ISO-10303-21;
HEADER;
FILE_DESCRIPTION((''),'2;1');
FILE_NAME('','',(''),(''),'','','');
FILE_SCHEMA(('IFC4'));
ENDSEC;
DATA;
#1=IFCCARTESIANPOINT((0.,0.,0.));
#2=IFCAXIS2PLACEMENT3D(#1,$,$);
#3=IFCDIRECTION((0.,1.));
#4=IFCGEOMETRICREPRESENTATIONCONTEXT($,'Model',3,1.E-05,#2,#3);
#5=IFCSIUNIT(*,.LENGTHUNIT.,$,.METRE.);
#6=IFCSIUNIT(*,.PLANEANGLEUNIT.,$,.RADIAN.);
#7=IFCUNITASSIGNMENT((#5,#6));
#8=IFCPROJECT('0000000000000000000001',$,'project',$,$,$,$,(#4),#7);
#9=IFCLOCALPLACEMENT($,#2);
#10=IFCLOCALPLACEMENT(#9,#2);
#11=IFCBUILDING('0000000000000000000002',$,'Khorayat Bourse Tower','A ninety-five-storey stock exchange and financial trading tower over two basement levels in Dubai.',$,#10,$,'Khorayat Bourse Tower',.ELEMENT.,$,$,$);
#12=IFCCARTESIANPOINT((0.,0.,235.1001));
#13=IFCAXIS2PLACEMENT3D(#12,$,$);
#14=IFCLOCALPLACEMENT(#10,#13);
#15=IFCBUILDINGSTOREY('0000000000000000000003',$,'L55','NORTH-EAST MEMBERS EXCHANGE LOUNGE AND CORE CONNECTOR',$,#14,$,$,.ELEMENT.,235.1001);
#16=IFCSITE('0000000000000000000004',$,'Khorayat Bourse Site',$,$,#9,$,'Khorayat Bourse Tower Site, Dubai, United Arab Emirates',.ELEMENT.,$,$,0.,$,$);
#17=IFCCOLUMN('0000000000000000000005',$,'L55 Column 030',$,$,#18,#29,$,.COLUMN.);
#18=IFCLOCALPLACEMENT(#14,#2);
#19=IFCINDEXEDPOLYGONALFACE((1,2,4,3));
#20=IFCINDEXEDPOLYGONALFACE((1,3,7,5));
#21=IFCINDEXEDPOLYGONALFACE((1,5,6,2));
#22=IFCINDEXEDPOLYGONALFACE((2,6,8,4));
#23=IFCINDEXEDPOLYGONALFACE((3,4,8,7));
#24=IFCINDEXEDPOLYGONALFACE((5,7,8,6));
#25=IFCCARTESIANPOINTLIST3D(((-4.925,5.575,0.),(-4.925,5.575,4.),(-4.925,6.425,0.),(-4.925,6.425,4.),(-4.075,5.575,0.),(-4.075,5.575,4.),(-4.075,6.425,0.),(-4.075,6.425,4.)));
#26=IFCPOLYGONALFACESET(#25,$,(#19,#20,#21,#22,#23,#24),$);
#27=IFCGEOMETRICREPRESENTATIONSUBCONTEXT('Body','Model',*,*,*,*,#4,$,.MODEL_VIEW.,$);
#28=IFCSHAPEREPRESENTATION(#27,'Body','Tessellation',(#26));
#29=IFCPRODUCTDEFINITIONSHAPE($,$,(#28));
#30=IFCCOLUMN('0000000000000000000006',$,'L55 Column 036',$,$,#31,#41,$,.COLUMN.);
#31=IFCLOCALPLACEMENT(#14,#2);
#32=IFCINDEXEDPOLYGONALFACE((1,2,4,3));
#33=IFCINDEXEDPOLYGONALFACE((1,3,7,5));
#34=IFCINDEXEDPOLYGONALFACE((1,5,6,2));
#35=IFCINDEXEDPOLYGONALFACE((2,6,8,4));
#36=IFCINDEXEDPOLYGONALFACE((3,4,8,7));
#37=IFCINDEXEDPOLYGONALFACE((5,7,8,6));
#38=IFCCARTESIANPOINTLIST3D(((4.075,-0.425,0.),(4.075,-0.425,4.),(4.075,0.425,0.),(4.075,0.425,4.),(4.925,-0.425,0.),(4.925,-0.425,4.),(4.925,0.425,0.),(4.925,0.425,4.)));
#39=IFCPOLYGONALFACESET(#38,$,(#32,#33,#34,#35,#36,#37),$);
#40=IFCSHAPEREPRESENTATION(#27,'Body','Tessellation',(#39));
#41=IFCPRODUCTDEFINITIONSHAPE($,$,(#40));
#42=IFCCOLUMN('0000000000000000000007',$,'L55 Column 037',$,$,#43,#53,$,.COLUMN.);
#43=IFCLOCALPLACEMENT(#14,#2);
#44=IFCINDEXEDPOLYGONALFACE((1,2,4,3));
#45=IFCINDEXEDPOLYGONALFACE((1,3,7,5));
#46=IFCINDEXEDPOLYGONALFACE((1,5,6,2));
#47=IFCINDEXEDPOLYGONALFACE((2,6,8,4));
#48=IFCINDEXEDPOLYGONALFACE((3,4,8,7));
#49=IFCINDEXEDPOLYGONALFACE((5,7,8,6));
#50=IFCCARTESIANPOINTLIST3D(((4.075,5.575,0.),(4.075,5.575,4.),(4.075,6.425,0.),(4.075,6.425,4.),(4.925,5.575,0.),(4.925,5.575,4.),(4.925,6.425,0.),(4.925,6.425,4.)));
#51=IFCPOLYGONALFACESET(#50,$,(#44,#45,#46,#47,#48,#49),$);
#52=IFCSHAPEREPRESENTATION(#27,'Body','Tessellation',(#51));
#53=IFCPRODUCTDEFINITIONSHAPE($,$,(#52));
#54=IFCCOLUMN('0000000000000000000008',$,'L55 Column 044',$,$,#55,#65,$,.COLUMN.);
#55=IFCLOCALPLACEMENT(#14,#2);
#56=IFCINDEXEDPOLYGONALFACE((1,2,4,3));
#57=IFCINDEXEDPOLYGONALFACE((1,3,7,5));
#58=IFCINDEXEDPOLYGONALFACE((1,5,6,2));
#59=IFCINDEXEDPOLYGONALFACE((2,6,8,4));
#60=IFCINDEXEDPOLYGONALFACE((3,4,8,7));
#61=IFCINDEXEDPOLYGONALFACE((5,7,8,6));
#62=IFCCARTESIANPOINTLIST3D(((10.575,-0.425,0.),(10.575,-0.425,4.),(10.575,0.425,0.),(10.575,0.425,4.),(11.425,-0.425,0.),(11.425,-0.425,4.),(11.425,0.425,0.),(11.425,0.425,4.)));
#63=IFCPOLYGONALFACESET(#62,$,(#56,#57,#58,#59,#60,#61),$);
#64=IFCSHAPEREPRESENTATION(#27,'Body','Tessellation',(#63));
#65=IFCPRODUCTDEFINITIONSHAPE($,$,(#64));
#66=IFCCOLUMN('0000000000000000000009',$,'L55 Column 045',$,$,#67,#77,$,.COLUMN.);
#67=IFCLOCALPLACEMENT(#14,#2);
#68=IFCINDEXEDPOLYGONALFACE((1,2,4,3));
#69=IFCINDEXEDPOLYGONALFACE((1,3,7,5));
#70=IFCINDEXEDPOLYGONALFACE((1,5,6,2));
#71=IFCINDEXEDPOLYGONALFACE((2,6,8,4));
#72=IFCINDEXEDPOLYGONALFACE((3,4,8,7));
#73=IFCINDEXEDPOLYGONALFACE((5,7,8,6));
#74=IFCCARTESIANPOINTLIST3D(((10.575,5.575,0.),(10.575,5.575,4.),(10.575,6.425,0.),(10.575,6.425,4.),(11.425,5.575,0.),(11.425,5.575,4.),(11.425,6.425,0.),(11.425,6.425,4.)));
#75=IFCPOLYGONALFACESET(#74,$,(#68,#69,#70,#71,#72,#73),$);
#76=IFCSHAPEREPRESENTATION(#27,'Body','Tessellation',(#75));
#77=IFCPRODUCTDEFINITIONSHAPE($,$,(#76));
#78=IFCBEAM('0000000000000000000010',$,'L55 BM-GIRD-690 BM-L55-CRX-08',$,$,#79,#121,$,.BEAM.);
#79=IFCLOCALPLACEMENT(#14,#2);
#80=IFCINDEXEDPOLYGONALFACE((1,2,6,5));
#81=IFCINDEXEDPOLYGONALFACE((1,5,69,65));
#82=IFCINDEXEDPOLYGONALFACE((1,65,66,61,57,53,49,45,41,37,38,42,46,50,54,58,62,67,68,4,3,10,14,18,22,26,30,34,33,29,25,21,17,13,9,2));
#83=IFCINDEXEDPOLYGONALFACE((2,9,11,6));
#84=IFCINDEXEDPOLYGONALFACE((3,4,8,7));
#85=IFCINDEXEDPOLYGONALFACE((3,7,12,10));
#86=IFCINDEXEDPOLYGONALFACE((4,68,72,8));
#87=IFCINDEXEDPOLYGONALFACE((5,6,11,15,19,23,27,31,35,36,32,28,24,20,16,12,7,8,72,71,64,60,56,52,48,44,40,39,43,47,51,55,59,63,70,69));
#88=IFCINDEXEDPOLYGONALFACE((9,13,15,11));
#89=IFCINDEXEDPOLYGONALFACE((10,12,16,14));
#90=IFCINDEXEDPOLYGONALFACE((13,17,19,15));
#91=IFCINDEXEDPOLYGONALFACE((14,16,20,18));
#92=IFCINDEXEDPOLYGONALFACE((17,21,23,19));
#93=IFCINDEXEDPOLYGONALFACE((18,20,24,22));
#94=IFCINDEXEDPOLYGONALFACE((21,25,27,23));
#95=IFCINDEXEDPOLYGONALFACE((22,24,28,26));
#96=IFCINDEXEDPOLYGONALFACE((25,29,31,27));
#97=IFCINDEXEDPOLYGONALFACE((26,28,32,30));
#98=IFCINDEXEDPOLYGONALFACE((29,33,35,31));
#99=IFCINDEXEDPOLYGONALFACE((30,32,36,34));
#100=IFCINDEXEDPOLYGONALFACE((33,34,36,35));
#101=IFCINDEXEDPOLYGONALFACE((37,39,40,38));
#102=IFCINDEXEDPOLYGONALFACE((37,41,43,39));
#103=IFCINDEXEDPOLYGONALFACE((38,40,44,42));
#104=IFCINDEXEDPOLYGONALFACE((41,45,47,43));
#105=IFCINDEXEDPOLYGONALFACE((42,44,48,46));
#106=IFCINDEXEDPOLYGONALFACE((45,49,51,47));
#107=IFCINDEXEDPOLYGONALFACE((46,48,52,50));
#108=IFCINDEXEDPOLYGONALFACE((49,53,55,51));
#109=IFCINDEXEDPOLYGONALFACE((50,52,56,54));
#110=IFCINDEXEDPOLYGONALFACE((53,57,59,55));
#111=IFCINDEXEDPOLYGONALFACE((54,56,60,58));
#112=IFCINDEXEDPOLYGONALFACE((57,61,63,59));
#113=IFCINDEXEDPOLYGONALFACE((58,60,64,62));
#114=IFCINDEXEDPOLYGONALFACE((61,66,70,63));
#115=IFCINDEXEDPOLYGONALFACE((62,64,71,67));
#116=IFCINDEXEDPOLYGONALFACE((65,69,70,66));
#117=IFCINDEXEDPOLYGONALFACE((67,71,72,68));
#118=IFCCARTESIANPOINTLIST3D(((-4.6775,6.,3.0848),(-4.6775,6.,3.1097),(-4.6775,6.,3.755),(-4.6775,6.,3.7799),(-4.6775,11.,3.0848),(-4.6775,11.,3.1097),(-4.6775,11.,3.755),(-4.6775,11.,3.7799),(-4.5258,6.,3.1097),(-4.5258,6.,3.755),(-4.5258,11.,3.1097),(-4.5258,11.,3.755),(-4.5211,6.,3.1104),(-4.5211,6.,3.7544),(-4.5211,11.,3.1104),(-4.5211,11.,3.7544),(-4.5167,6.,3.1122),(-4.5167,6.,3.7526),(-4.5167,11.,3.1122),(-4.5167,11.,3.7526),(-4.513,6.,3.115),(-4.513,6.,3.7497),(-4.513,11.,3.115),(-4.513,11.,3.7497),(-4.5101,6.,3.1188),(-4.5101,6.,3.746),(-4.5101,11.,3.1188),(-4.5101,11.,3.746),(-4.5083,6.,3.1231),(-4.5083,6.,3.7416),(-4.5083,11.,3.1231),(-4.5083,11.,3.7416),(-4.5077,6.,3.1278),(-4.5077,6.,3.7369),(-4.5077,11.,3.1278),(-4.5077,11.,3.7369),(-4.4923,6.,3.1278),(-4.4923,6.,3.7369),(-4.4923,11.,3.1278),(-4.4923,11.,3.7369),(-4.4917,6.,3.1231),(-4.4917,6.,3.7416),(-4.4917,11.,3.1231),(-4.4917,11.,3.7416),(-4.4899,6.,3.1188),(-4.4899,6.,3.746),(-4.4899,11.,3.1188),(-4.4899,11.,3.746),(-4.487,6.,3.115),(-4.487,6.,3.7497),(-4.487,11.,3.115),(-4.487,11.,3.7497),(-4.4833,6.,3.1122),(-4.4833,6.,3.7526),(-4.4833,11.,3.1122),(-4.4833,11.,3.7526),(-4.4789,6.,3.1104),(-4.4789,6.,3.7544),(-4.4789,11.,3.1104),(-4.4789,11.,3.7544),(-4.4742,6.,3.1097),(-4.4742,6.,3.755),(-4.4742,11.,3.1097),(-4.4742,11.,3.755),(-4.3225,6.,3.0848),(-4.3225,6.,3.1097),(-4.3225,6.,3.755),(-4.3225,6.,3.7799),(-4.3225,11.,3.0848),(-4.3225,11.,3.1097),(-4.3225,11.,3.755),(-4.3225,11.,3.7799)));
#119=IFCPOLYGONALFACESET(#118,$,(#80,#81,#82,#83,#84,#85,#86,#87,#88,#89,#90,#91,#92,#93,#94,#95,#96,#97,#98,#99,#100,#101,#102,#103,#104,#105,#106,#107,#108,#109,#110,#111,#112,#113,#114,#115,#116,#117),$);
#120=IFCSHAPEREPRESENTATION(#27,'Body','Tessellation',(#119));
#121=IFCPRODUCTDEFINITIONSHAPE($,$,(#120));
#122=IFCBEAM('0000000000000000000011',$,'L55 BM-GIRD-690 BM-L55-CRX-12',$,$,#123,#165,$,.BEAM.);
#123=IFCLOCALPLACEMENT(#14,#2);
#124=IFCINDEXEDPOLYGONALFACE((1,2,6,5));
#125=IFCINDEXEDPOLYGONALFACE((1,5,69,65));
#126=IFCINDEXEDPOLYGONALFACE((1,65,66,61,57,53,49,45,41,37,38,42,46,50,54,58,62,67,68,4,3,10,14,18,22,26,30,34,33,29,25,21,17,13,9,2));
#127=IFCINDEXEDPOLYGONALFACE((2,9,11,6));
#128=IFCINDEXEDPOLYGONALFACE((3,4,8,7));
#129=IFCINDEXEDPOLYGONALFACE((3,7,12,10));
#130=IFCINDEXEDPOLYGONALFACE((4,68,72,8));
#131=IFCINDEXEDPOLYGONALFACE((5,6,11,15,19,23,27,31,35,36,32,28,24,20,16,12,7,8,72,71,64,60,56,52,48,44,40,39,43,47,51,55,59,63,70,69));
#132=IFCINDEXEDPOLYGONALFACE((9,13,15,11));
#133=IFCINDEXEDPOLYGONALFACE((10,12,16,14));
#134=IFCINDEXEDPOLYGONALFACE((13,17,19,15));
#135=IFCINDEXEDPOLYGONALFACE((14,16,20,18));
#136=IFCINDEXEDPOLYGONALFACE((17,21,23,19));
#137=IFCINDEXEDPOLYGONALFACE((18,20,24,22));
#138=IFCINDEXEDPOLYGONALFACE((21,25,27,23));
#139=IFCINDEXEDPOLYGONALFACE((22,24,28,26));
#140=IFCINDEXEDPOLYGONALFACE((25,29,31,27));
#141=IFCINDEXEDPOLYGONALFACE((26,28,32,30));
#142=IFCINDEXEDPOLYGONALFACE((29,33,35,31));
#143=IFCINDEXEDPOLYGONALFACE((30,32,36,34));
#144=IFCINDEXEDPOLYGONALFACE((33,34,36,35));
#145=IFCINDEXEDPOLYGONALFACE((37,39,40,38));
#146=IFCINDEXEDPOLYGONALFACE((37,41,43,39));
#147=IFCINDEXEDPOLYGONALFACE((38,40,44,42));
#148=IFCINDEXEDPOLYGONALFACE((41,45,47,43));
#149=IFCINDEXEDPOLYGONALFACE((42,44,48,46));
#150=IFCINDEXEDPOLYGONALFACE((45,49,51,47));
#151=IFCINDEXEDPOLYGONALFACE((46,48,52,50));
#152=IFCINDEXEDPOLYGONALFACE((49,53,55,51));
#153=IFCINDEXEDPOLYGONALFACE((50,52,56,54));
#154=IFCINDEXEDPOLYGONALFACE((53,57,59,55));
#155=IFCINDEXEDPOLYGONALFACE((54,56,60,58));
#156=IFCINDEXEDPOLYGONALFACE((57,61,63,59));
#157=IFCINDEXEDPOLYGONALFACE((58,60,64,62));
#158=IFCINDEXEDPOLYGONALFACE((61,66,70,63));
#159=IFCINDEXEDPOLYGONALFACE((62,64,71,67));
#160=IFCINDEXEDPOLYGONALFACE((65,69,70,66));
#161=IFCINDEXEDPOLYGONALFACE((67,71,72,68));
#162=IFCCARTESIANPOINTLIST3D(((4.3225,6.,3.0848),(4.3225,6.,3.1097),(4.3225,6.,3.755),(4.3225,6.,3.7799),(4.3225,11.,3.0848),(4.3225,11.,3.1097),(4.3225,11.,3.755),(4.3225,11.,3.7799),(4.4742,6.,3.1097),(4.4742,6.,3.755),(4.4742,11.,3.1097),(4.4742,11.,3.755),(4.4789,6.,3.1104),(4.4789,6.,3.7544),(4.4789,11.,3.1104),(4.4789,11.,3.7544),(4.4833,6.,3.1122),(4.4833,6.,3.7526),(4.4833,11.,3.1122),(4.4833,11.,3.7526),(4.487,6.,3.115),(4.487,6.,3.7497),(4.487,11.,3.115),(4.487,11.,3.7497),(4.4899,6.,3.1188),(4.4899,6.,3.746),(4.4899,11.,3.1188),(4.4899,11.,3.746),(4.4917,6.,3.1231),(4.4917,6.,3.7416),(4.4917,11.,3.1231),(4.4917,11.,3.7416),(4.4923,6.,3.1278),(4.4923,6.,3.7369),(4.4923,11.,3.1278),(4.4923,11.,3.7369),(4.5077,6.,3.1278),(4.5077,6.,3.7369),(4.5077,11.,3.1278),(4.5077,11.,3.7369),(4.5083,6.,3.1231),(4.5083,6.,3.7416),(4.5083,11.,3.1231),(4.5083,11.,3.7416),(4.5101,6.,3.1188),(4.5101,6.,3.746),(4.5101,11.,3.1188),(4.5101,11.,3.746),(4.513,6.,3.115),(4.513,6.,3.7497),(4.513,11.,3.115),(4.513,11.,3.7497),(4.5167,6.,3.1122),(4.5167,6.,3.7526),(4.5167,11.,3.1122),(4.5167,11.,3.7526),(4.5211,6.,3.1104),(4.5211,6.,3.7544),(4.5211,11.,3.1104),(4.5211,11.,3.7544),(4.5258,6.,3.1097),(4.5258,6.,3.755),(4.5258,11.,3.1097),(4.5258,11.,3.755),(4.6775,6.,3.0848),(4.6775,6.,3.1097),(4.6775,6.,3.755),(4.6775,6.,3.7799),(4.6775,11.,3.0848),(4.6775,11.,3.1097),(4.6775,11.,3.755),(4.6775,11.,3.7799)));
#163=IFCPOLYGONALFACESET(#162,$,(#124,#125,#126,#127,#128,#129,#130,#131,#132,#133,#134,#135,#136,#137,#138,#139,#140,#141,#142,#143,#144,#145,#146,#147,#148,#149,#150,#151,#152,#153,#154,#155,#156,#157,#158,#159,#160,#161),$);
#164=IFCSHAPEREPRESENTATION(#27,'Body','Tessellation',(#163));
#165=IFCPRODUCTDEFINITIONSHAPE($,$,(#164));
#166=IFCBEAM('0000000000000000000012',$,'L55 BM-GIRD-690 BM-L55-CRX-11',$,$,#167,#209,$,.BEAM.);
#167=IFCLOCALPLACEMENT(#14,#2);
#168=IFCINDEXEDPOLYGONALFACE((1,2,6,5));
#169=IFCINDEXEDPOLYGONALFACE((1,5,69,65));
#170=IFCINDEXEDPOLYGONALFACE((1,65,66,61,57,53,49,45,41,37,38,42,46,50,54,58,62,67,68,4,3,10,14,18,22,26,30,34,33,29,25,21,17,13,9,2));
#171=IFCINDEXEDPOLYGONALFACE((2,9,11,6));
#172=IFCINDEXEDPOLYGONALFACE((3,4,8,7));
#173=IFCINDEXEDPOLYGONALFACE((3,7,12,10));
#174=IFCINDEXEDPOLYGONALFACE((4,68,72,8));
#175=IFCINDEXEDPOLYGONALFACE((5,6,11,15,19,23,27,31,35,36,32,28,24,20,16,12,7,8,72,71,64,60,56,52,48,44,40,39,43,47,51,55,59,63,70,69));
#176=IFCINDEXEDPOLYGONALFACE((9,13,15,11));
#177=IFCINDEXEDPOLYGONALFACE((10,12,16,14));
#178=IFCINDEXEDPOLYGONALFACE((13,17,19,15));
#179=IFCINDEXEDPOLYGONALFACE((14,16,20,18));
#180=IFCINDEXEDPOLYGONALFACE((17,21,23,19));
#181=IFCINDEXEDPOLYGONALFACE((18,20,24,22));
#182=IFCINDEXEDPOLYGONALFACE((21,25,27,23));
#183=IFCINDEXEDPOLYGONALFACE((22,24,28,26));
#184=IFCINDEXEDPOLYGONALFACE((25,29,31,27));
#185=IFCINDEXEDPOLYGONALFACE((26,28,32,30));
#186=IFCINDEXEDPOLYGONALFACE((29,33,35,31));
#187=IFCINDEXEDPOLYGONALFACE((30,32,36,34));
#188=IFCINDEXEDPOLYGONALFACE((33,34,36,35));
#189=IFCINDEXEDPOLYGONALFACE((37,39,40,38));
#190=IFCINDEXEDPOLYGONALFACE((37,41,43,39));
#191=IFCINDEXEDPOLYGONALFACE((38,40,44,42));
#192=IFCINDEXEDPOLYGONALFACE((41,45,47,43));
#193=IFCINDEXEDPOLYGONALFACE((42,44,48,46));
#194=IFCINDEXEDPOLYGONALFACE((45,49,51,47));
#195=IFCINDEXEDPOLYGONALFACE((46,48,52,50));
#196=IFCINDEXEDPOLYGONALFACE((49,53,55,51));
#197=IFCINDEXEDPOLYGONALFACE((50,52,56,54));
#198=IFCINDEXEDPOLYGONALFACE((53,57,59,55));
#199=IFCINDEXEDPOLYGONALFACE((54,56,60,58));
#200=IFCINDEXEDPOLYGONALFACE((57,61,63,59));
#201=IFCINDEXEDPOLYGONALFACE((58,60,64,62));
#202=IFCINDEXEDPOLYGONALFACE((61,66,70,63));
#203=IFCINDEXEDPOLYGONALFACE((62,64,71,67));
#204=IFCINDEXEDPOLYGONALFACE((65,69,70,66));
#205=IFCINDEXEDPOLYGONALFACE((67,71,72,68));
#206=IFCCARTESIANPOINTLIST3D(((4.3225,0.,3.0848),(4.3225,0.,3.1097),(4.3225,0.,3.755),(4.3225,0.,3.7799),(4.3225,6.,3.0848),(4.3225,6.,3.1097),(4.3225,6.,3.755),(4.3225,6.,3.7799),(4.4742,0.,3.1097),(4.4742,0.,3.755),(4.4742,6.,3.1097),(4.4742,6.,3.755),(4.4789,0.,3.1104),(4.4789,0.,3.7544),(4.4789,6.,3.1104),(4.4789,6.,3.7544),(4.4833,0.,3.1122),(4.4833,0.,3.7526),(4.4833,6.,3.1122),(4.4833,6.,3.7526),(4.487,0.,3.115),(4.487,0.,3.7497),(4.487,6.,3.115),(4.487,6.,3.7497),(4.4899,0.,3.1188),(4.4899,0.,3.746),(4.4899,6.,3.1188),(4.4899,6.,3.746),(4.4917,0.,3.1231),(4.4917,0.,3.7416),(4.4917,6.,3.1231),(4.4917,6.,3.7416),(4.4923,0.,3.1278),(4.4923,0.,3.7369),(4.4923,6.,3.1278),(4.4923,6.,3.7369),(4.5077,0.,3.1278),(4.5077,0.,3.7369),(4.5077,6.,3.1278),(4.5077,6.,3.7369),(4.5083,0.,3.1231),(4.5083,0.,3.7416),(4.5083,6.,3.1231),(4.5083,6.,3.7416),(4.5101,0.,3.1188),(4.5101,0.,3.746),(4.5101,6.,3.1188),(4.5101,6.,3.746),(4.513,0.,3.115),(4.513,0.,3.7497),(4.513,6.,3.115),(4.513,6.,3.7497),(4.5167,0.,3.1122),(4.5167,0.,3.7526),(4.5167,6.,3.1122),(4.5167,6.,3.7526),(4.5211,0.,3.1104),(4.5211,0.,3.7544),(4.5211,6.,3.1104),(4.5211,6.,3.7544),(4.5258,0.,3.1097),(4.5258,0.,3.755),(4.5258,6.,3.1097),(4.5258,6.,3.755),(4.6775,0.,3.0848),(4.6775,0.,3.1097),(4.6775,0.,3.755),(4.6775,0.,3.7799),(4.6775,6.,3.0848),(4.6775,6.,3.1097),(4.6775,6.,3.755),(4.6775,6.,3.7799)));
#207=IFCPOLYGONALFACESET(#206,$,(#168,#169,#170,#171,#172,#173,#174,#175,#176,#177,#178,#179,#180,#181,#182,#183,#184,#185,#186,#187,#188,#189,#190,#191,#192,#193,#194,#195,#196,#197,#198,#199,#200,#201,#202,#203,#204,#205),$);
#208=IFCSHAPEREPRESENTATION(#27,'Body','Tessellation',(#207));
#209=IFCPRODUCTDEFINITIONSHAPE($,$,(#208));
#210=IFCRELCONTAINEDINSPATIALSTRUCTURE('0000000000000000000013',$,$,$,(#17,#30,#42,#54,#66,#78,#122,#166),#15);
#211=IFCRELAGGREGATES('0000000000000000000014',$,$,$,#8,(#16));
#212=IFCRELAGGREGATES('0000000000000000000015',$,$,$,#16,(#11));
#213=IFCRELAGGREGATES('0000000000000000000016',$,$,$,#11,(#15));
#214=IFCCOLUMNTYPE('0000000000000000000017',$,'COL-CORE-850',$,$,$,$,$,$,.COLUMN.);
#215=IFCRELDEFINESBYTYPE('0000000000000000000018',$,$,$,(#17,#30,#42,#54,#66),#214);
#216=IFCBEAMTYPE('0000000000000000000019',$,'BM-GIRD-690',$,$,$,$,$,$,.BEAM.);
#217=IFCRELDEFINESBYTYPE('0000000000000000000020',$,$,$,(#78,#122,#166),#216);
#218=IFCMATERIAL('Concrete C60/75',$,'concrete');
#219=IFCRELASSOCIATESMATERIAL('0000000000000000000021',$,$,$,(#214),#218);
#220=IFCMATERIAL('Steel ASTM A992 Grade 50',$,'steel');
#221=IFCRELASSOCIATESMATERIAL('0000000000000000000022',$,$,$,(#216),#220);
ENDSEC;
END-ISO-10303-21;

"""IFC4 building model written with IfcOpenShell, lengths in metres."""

from ifc_helpers import new_model, si_unit, direction, frame, origin, origin_2d, place, context, subcontext, project, spatial, rectangle, i_section, extrude, source, transform, mapped, material, material_profile, profile_set, type_object, element, save


model = new_model("IFC4")

# Units and contexts
model_context = context("Model", 3, precision=1e-05, world=origin(), true_north=direction((0.0, 1.0)))
body_context = subcontext(model_context, "Body", "Model", "MODEL_VIEW")
ifc_project = project(units=[si_unit("LENGTHUNIT", "METRE"), si_unit("PLANEANGLEUNIT", "RADIAN")], contexts=[model_context])

# Site, building, storey
site_placement = place(None, origin())
site = spatial("IfcSite", under=ifc_project, at=site_placement, Name="Khorayat Bourse Site", LongName="Khorayat Bourse Tower Site, Dubai, United Arab Emirates", CompositionType="ELEMENT", RefElevation=0.0)
building_placement = place(site_placement, origin())
building = spatial("IfcBuilding", under=site, at=building_placement, Name="Khorayat Bourse Tower", Description="A ninety-five-storey stock exchange and financial trading tower over two basement levels in Dubai.", LongName="Khorayat Bourse Tower", CompositionType="ELEMENT")
storey_placement = place(building_placement, frame((0.0, 0.0, 235.1001)))
storey = spatial("IfcBuildingStorey", under=building, at=storey_placement, Name="L55", Description="NORTH-EAST MEMBERS EXCHANGE LOUNGE AND CORE CONNECTOR", CompositionType="ELEMENT", Elevation=235.1001)

# Columns
ifc_material_1 = material(Name="Concrete C60/75", Category="concrete")
ifc_material_profile_1 = material_profile(ifc_material_1, rectangle(XDim=0.8501, YDim=0.8501, at=origin_2d()), Name="RC 850x850")
ifc_profile_set_1 = profile_set([ifc_material_profile_1], Name="Concrete C60/75")
column_type = type_object("IfcColumnType", Name="COL-CORE-850", PredefinedType="COLUMN", material=ifc_profile_set_1)
shared_shape_1 = source(origin(), body_context, "Body", "SweptSolid", [
    extrude(rectangle(XDim=0.8501, YDim=0.8501, at=origin_2d()), origin(), (0.0, 0.0, 1.0), 4.0),
])
for number, where, z_axis, x_axis, name in (
    (1, (-4.5, 6.0, 0.0), (0.0, 0.0, 1.0), (1.0, 0.0, 0.0), "L55 Column 030"),
    (2, (4.5, 0.0, 0.0), (0.0, 0.0, 1.0), (1.0, 0.0, 0.0), "L55 Column 036"),
    (3, (4.5, 6.0, 0.0), (0.0, 0.0, 1.0), (1.0, 0.0, 0.0), "L55 Column 037"),
    (4, (11.0, 0.0, 0.0), (0.0, 0.0, 1.0), (1.0, 0.0, 0.0), "L55 Column 044"),
    (5, (11.0, 6.0, 0.0), (0.0, 0.0, 1.0), (1.0, 0.0, 0.0), "L55 Column 045"),
):
    element("IfcColumn", number, at=place(storey_placement, frame(where, z_axis=z_axis, x_axis=x_axis)), inside=storey, type_object=column_type, Name=name, PredefinedType="COLUMN", context=body_context, shape_type="MappedRepresentation", body=[
        mapped(shared_shape_1, transform((0.0, 0.0, 0.0), scale=1.0)),
    ])

# Beams
ifc_material_2 = material(Name="Steel ASTM A992 Grade 50", Category="steel")
ifc_material_profile_2 = material_profile(ifc_material_2, i_section(OverallWidth=0.355, OverallDepth=0.6951, WebThickness=0.0154, FlangeThickness=0.0249, FilletRadius=0.0181, at=origin_2d()), Name="W690X217")
ifc_profile_set_2 = profile_set([ifc_material_profile_2], Name="Steel ASTM A992 Grade 50")
beam_type_1 = type_object("IfcBeamType", Name="BM-GIRD-690", PredefinedType="BEAM", material=ifc_profile_set_2)
shared_shape_2 = source(origin(), body_context, "Body", "SweptSolid", [
    extrude(i_section(OverallWidth=0.355, OverallDepth=0.6951, WebThickness=0.0154, FlangeThickness=0.0249, FilletRadius=0.0181, at=origin_2d()), origin(), (0.0, 0.0, 1.0), 5.0),
])
for number, where, z_axis, x_axis, name in (
    (6, (-4.5, 6.0, 3.4324), (0.0, 1.0, 0.0), (-1.0, 0.0, 0.0), "L55 BM-GIRD-690 BM-L55-CRX-08"),
    (7, (4.5, 6.0, 3.4324), (0.0, 1.0, 0.0), (-1.0, 0.0, 0.0), "L55 BM-GIRD-690 BM-L55-CRX-12"),
):
    element("IfcBeam", number, at=place(storey_placement, frame(where, z_axis=z_axis, x_axis=x_axis)), inside=storey, type_object=beam_type_1, Name=name, PredefinedType="BEAM", context=body_context, shape_type="MappedRepresentation", body=[
        mapped(shared_shape_2, transform((0.0, 0.0, 0.0), scale=1.0)),
    ])
shared_shape_3 = source(origin(), body_context, "Body", "SweptSolid", [
    extrude(i_section(OverallWidth=0.355, OverallDepth=0.6951, WebThickness=0.0154, FlangeThickness=0.0249, FilletRadius=0.0181, at=origin_2d()), origin(), (0.0, 0.0, 1.0), 6.0),
])
beam_1_placement = place(storey_placement, frame((4.5, 0.0, 3.4324), z_axis=(0.0, 1.0, 0.0), x_axis=(-1.0, 0.0, 0.0)))
element("IfcBeam", 8, at=beam_1_placement, inside=storey, type_object=beam_type_1, Name="L55 BM-GIRD-690 BM-L55-CRX-11", PredefinedType="BEAM", context=body_context, shape_type="MappedRepresentation", body=[
    mapped(shared_shape_3, transform((0.0, 0.0, 0.0), scale=1.0)),
])

save(model, "model.ifc")
